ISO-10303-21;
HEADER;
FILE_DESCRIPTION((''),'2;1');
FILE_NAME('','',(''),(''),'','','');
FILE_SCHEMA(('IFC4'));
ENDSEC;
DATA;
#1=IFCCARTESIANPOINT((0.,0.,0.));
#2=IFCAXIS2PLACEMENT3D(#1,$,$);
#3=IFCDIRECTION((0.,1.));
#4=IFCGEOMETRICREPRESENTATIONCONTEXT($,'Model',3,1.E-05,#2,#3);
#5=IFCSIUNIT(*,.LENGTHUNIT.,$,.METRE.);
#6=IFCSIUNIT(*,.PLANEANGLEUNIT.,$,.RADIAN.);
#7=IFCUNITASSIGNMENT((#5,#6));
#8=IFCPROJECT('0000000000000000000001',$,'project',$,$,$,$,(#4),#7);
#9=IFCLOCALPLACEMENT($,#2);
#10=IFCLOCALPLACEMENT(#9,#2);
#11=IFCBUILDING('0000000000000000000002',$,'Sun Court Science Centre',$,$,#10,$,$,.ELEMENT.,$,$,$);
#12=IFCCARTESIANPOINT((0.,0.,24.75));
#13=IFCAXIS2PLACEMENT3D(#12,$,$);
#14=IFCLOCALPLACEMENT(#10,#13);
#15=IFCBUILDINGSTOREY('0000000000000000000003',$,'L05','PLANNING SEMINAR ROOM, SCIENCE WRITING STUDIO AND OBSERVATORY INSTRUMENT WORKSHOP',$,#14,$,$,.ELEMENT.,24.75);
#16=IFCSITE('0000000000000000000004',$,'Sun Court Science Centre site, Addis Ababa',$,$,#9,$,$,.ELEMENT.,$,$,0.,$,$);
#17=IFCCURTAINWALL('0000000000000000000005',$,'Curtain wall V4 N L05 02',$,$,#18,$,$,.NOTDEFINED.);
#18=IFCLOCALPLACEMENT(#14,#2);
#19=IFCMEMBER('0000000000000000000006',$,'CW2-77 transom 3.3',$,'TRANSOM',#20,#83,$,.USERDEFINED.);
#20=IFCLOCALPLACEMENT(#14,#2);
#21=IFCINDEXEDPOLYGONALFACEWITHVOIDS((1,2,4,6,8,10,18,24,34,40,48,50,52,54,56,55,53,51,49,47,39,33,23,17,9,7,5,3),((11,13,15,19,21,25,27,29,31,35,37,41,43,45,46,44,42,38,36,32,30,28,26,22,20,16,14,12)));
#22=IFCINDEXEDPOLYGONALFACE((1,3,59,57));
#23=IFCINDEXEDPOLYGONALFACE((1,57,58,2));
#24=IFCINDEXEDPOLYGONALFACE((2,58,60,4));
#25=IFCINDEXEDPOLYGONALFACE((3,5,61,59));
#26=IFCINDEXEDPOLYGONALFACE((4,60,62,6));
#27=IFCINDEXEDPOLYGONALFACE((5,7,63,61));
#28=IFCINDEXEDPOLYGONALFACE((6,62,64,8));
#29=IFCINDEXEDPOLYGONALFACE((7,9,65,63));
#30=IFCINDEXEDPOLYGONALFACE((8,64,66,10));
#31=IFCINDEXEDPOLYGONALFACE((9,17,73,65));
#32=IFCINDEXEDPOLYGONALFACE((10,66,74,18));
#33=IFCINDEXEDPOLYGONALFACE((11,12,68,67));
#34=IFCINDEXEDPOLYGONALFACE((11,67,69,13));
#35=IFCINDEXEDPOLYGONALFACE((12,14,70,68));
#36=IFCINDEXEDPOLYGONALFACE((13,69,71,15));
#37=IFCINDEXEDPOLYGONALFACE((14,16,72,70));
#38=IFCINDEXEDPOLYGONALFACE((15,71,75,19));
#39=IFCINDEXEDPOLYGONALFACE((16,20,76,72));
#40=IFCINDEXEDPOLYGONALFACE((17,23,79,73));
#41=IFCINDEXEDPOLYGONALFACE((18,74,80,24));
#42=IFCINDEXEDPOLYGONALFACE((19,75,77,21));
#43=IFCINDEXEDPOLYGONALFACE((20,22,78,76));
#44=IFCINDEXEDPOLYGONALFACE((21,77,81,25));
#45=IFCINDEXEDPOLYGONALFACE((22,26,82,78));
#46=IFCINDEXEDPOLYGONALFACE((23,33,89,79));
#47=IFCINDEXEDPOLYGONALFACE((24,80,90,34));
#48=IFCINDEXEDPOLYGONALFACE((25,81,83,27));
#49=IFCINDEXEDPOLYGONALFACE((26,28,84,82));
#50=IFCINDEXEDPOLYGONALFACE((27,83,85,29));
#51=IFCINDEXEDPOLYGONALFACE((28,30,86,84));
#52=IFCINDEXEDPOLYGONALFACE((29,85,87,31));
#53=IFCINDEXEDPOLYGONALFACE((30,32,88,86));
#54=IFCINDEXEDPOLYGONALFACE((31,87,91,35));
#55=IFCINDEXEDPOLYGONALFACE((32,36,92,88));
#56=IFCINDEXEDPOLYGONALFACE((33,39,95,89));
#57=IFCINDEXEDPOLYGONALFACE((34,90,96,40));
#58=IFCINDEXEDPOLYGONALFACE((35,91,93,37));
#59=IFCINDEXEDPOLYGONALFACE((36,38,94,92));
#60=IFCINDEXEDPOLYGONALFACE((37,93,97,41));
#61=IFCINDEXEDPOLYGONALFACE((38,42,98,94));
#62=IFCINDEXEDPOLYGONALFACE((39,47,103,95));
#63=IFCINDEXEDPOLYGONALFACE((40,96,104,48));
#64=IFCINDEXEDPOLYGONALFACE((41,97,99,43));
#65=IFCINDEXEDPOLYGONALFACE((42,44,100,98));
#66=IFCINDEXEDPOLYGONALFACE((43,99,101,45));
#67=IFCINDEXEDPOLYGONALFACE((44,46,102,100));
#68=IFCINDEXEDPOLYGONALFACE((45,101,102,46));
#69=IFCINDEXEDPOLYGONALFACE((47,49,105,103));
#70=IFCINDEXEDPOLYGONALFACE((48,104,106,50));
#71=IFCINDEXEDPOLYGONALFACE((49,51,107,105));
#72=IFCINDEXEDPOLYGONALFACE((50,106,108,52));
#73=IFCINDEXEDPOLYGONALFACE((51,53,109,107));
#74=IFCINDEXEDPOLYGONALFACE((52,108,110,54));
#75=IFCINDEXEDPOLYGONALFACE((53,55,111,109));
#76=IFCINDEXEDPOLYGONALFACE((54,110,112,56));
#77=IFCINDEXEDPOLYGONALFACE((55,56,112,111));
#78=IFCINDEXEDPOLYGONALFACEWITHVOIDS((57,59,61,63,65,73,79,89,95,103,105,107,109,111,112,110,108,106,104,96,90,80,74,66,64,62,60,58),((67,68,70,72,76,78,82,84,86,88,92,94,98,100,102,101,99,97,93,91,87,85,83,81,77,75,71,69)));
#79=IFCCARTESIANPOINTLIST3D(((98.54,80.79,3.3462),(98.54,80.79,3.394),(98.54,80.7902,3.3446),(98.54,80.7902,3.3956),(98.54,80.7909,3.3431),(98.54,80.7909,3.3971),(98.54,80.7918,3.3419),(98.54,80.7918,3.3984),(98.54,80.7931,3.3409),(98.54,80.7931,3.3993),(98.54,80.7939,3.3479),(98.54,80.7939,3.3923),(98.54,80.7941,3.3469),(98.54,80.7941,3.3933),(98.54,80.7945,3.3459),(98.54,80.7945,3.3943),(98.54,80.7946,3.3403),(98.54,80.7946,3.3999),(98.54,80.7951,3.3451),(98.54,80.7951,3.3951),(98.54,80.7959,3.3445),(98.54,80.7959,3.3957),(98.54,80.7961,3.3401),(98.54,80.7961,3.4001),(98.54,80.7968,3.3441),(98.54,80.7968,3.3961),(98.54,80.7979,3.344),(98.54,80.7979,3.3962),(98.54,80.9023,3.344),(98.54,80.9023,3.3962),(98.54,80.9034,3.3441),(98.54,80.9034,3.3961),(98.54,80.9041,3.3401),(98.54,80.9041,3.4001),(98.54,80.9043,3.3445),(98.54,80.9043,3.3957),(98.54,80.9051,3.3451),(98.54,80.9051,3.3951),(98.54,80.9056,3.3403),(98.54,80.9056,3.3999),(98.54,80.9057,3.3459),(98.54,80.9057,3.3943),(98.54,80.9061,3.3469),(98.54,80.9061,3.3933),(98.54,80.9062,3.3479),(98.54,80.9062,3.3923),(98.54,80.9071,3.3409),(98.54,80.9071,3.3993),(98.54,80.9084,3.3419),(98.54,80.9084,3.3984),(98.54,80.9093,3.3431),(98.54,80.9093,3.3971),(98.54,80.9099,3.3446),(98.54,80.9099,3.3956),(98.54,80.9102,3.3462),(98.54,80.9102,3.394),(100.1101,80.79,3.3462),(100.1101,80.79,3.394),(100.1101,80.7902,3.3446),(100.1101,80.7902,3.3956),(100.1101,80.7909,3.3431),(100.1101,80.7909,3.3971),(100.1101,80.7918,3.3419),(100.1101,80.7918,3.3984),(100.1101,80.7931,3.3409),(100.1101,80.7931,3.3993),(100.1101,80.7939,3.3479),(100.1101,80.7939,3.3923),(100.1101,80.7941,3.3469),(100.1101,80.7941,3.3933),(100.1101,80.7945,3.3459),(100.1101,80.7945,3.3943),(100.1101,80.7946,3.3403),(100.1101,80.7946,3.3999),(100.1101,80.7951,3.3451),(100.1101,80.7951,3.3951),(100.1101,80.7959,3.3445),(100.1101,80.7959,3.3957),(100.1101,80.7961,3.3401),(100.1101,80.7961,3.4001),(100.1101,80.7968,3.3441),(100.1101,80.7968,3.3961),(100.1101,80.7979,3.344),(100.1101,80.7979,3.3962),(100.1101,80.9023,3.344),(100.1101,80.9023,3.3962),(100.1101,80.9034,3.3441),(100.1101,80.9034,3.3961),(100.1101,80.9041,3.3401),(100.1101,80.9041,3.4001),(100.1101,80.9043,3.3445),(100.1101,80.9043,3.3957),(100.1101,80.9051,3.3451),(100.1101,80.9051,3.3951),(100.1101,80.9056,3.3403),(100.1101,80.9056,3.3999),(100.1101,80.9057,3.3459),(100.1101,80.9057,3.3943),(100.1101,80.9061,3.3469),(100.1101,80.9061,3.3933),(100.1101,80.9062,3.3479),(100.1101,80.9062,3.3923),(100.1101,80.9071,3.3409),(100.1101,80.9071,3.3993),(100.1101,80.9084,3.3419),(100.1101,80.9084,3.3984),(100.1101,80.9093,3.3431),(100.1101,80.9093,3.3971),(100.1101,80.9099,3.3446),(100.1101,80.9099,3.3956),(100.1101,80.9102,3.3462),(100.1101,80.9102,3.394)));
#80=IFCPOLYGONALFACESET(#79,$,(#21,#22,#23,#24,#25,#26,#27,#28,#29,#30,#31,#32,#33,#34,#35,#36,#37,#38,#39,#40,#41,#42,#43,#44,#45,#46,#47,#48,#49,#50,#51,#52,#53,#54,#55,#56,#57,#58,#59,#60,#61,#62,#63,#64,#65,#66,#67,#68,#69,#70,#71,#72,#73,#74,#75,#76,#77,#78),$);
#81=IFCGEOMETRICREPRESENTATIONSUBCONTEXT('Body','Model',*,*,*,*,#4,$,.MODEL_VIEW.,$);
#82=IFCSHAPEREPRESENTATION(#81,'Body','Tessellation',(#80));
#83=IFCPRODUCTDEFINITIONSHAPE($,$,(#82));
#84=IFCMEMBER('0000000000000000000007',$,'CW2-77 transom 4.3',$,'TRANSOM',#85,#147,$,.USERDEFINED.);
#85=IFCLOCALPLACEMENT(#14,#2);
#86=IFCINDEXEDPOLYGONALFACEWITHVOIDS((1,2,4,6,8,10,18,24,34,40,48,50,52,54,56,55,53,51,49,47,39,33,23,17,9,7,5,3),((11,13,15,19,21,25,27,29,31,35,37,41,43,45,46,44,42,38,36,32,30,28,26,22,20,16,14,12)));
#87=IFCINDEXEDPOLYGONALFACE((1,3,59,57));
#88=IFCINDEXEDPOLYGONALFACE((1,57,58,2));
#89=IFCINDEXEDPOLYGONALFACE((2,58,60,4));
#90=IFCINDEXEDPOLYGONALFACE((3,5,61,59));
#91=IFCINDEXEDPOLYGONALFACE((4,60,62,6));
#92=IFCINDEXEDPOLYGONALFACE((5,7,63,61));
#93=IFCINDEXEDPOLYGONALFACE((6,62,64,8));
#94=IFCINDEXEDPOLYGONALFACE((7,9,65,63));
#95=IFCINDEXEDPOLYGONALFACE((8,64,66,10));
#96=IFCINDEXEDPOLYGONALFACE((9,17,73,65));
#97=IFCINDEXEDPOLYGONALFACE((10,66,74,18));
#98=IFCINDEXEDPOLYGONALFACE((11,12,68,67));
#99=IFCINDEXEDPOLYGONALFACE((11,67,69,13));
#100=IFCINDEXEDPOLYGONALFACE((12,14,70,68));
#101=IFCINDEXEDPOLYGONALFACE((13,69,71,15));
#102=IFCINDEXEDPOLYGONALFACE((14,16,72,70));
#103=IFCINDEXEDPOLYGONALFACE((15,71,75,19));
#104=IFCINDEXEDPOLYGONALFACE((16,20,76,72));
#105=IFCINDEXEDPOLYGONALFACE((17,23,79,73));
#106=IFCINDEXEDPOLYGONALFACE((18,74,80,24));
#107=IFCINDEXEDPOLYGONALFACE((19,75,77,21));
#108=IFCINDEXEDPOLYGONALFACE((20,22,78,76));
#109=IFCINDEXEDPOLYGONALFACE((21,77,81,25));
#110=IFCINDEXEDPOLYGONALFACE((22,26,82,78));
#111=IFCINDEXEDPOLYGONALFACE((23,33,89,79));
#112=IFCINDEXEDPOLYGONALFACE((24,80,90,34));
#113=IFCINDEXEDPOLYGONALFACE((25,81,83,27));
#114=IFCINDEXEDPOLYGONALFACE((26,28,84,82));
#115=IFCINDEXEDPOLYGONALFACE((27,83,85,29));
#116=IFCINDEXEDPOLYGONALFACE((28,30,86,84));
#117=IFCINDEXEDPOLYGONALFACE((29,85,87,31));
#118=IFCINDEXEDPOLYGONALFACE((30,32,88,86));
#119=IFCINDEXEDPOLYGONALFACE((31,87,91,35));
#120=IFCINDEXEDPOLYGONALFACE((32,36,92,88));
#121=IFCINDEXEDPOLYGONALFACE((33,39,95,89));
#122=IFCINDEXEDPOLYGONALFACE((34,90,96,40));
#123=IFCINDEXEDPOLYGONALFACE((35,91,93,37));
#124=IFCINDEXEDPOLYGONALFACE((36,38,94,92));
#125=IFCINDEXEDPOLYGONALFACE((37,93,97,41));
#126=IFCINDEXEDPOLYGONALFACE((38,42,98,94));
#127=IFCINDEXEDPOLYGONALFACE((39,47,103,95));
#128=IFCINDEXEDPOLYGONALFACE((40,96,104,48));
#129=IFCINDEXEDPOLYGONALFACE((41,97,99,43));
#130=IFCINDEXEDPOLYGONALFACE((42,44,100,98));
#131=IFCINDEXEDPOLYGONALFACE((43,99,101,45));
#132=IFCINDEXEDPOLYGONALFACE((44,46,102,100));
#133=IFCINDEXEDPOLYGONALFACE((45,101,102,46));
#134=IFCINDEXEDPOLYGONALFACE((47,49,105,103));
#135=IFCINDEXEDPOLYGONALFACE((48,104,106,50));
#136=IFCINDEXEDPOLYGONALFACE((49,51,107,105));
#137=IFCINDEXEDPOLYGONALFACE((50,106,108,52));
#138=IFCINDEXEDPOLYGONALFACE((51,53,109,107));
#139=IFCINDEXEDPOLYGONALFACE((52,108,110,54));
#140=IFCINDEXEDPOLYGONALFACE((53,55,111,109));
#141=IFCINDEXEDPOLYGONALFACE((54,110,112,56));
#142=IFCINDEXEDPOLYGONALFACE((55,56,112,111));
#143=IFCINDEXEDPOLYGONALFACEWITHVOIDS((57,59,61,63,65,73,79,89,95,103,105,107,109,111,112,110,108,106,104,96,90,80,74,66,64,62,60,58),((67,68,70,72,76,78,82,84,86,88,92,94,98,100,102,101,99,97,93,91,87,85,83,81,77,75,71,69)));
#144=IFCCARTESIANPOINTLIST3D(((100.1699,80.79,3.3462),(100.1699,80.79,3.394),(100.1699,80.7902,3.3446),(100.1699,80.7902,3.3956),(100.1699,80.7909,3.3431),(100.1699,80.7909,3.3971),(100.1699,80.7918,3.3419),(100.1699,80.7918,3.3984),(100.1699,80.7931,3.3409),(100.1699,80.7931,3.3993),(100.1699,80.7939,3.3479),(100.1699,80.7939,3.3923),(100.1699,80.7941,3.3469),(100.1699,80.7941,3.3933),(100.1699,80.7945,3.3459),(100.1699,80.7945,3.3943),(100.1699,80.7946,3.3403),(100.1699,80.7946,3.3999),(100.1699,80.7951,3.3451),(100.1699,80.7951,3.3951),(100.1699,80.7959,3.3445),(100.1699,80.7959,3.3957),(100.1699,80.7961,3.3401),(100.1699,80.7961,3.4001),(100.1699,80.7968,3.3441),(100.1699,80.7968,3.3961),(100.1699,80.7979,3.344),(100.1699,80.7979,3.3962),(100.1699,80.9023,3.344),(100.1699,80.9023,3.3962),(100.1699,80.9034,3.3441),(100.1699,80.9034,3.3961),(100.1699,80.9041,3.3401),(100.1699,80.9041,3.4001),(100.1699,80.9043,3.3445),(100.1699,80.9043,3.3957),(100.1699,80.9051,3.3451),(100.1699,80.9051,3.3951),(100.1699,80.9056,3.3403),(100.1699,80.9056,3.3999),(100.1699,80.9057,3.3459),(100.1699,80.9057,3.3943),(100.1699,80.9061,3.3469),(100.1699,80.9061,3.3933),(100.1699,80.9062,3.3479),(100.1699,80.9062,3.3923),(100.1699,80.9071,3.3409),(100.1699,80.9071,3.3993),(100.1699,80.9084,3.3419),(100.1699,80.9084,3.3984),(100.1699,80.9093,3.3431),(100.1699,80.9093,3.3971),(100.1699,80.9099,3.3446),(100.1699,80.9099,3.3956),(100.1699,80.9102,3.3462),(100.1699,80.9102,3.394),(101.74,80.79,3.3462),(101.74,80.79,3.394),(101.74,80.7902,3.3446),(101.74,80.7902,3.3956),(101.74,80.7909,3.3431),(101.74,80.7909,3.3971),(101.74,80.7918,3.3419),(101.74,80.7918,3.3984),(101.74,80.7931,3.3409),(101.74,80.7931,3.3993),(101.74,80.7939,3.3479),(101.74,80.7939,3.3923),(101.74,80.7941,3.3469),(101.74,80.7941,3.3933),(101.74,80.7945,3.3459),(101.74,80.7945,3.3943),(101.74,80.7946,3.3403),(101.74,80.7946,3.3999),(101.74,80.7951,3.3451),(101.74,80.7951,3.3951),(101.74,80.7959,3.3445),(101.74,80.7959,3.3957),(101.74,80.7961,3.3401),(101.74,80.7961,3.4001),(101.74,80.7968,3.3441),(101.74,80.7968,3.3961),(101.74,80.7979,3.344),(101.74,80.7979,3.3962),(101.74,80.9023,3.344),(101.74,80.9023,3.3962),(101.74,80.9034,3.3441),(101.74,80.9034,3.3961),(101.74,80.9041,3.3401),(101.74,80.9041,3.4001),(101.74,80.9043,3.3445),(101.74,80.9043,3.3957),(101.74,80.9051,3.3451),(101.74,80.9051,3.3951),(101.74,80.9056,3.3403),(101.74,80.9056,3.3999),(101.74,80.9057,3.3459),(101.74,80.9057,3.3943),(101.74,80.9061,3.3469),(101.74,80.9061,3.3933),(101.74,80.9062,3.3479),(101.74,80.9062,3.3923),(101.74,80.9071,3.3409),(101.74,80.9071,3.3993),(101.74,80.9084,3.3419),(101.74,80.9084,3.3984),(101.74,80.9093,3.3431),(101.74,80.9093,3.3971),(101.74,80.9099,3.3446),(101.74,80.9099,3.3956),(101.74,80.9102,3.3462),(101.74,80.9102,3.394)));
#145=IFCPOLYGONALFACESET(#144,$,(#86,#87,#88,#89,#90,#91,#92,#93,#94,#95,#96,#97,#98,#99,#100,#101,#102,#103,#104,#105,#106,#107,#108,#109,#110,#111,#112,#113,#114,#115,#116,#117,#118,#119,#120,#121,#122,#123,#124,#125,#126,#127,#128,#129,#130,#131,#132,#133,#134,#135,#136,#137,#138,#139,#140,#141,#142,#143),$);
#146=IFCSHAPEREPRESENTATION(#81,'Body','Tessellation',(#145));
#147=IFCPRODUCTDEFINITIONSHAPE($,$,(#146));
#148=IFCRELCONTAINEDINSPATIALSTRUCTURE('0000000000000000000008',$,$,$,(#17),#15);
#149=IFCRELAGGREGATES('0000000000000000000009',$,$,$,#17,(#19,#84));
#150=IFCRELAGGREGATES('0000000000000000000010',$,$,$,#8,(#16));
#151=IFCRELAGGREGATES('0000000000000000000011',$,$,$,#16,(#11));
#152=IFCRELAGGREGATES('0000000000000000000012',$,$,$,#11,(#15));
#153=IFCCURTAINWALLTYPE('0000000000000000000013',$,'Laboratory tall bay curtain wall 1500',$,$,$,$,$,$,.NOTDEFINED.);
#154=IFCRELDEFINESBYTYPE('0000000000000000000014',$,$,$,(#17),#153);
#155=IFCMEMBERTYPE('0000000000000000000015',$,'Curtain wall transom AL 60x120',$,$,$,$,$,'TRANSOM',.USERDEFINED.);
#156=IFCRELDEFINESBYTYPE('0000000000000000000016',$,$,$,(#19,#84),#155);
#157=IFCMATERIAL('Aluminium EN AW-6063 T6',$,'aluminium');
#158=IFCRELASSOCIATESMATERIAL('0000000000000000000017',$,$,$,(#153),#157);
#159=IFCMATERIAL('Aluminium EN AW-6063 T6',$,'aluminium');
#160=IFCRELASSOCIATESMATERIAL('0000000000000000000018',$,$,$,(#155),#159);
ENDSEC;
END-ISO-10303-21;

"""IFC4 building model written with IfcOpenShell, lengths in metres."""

from ifc_helpers import new_model, si_unit, direction, frame, origin, origin_2d, place, context, subcontext, project, spatial, hollow_rectangle, extrude, material, material_profile, profile_set, type_object, element, aggregate, save


model = new_model("IFC4")

# Units and contexts
model_context = context("Model", 3, precision=1e-05, world=origin(), true_north=direction((0.0, 1.0)))
body_context = subcontext(model_context, "Body", "Model", "MODEL_VIEW")
ifc_project = project(units=[si_unit("LENGTHUNIT", "METRE"), si_unit("PLANEANGLEUNIT", "RADIAN")], contexts=[model_context])

# Site, building, storey
site_placement = place(None, origin())
site = spatial("IfcSite", under=ifc_project, at=site_placement, Name="Sun Court Science Centre site, Addis Ababa", CompositionType="ELEMENT", RefElevation=0.0)
building_placement = place(site_placement, origin())
building = spatial("IfcBuilding", under=site, at=building_placement, Name="Sun Court Science Centre", CompositionType="ELEMENT")
storey_placement = place(building_placement, frame((0.0, 0.0, 24.75)))
storey = spatial("IfcBuildingStorey", under=building, at=storey_placement, Name="L05", Description="PLANNING SEMINAR ROOM, SCIENCE WRITING STUDIO AND OBSERVATORY INSTRUMENT WORKSHOP", CompositionType="ELEMENT", Elevation=24.75)

# Curtain wall, members
ifc_material_1 = material(Name="Aluminium EN AW-6063 T6", Category="aluminium")
curtain_wall_type = type_object("IfcCurtainWallType", Name="Laboratory tall bay curtain wall 1500", PredefinedType="NOTDEFINED", material=ifc_material_1)
curtain_wall_placement = place(storey_placement, origin())
curtain_wall = element("IfcCurtainWall", 1, at=curtain_wall_placement, inside=storey, type_object=curtain_wall_type, Name="Curtain wall V4 N L05 02", PredefinedType="NOTDEFINED")
ifc_material_2 = material(Name="Aluminium EN AW-6063 T6", Category="aluminium")
ifc_material_profile_1 = material_profile(ifc_material_2, hollow_rectangle(XDim=0.0601, YDim=0.1201, WallThickness=0.0039, InnerFilletRadius=0.0039, OuterFilletRadius=0.0061, at=origin_2d()), Name="AL 60x120x4")
ifc_profile_set_1 = profile_set([ifc_material_profile_1], Name="Aluminium EN AW-6063 T6")
member_type_1 = type_object("IfcMemberType", Name="Curtain wall transom AL 60x120", ElementType="TRANSOM", PredefinedType="USERDEFINED", material=ifc_profile_set_1)
member_1_placement = place(storey_placement, frame((98.54, 80.8501, 3.3701), z_axis=(1.0, 0.0, 0.0), x_axis=(0.0, 0.0, 1.0)))
member_1 = element("IfcMember", 2, at=member_1_placement, type_object=member_type_1, Name="CW2-77 transom 3.3", ObjectType="TRANSOM", PredefinedType="USERDEFINED", context=body_context, shape_type="SweptSolid", body=[
    extrude(hollow_rectangle(XDim=0.0601, YDim=0.1201, WallThickness=0.0039, InnerFilletRadius=0.0039, OuterFilletRadius=0.0061, at=origin_2d()), origin(), (0.0, 0.0, 1.0), 1.5701),
])
member_2_placement = place(storey_placement, frame((100.1699, 80.8501, 3.3701), z_axis=(1.0, 0.0, 0.0), x_axis=(0.0, 0.0, 1.0)))
member_2 = element("IfcMember", 3, at=member_2_placement, type_object=member_type_1, Name="CW2-77 transom 4.3", ObjectType="TRANSOM", PredefinedType="USERDEFINED", context=body_context, shape_type="SweptSolid", body=[
    extrude(hollow_rectangle(XDim=0.0601, YDim=0.1201, WallThickness=0.0039, InnerFilletRadius=0.0039, OuterFilletRadius=0.0061, at=origin_2d()), origin(), (0.0, 0.0, 1.0), 1.5701),
])

aggregate(curtain_wall, [member_1, member_2])

save(model, "model.ifc")
